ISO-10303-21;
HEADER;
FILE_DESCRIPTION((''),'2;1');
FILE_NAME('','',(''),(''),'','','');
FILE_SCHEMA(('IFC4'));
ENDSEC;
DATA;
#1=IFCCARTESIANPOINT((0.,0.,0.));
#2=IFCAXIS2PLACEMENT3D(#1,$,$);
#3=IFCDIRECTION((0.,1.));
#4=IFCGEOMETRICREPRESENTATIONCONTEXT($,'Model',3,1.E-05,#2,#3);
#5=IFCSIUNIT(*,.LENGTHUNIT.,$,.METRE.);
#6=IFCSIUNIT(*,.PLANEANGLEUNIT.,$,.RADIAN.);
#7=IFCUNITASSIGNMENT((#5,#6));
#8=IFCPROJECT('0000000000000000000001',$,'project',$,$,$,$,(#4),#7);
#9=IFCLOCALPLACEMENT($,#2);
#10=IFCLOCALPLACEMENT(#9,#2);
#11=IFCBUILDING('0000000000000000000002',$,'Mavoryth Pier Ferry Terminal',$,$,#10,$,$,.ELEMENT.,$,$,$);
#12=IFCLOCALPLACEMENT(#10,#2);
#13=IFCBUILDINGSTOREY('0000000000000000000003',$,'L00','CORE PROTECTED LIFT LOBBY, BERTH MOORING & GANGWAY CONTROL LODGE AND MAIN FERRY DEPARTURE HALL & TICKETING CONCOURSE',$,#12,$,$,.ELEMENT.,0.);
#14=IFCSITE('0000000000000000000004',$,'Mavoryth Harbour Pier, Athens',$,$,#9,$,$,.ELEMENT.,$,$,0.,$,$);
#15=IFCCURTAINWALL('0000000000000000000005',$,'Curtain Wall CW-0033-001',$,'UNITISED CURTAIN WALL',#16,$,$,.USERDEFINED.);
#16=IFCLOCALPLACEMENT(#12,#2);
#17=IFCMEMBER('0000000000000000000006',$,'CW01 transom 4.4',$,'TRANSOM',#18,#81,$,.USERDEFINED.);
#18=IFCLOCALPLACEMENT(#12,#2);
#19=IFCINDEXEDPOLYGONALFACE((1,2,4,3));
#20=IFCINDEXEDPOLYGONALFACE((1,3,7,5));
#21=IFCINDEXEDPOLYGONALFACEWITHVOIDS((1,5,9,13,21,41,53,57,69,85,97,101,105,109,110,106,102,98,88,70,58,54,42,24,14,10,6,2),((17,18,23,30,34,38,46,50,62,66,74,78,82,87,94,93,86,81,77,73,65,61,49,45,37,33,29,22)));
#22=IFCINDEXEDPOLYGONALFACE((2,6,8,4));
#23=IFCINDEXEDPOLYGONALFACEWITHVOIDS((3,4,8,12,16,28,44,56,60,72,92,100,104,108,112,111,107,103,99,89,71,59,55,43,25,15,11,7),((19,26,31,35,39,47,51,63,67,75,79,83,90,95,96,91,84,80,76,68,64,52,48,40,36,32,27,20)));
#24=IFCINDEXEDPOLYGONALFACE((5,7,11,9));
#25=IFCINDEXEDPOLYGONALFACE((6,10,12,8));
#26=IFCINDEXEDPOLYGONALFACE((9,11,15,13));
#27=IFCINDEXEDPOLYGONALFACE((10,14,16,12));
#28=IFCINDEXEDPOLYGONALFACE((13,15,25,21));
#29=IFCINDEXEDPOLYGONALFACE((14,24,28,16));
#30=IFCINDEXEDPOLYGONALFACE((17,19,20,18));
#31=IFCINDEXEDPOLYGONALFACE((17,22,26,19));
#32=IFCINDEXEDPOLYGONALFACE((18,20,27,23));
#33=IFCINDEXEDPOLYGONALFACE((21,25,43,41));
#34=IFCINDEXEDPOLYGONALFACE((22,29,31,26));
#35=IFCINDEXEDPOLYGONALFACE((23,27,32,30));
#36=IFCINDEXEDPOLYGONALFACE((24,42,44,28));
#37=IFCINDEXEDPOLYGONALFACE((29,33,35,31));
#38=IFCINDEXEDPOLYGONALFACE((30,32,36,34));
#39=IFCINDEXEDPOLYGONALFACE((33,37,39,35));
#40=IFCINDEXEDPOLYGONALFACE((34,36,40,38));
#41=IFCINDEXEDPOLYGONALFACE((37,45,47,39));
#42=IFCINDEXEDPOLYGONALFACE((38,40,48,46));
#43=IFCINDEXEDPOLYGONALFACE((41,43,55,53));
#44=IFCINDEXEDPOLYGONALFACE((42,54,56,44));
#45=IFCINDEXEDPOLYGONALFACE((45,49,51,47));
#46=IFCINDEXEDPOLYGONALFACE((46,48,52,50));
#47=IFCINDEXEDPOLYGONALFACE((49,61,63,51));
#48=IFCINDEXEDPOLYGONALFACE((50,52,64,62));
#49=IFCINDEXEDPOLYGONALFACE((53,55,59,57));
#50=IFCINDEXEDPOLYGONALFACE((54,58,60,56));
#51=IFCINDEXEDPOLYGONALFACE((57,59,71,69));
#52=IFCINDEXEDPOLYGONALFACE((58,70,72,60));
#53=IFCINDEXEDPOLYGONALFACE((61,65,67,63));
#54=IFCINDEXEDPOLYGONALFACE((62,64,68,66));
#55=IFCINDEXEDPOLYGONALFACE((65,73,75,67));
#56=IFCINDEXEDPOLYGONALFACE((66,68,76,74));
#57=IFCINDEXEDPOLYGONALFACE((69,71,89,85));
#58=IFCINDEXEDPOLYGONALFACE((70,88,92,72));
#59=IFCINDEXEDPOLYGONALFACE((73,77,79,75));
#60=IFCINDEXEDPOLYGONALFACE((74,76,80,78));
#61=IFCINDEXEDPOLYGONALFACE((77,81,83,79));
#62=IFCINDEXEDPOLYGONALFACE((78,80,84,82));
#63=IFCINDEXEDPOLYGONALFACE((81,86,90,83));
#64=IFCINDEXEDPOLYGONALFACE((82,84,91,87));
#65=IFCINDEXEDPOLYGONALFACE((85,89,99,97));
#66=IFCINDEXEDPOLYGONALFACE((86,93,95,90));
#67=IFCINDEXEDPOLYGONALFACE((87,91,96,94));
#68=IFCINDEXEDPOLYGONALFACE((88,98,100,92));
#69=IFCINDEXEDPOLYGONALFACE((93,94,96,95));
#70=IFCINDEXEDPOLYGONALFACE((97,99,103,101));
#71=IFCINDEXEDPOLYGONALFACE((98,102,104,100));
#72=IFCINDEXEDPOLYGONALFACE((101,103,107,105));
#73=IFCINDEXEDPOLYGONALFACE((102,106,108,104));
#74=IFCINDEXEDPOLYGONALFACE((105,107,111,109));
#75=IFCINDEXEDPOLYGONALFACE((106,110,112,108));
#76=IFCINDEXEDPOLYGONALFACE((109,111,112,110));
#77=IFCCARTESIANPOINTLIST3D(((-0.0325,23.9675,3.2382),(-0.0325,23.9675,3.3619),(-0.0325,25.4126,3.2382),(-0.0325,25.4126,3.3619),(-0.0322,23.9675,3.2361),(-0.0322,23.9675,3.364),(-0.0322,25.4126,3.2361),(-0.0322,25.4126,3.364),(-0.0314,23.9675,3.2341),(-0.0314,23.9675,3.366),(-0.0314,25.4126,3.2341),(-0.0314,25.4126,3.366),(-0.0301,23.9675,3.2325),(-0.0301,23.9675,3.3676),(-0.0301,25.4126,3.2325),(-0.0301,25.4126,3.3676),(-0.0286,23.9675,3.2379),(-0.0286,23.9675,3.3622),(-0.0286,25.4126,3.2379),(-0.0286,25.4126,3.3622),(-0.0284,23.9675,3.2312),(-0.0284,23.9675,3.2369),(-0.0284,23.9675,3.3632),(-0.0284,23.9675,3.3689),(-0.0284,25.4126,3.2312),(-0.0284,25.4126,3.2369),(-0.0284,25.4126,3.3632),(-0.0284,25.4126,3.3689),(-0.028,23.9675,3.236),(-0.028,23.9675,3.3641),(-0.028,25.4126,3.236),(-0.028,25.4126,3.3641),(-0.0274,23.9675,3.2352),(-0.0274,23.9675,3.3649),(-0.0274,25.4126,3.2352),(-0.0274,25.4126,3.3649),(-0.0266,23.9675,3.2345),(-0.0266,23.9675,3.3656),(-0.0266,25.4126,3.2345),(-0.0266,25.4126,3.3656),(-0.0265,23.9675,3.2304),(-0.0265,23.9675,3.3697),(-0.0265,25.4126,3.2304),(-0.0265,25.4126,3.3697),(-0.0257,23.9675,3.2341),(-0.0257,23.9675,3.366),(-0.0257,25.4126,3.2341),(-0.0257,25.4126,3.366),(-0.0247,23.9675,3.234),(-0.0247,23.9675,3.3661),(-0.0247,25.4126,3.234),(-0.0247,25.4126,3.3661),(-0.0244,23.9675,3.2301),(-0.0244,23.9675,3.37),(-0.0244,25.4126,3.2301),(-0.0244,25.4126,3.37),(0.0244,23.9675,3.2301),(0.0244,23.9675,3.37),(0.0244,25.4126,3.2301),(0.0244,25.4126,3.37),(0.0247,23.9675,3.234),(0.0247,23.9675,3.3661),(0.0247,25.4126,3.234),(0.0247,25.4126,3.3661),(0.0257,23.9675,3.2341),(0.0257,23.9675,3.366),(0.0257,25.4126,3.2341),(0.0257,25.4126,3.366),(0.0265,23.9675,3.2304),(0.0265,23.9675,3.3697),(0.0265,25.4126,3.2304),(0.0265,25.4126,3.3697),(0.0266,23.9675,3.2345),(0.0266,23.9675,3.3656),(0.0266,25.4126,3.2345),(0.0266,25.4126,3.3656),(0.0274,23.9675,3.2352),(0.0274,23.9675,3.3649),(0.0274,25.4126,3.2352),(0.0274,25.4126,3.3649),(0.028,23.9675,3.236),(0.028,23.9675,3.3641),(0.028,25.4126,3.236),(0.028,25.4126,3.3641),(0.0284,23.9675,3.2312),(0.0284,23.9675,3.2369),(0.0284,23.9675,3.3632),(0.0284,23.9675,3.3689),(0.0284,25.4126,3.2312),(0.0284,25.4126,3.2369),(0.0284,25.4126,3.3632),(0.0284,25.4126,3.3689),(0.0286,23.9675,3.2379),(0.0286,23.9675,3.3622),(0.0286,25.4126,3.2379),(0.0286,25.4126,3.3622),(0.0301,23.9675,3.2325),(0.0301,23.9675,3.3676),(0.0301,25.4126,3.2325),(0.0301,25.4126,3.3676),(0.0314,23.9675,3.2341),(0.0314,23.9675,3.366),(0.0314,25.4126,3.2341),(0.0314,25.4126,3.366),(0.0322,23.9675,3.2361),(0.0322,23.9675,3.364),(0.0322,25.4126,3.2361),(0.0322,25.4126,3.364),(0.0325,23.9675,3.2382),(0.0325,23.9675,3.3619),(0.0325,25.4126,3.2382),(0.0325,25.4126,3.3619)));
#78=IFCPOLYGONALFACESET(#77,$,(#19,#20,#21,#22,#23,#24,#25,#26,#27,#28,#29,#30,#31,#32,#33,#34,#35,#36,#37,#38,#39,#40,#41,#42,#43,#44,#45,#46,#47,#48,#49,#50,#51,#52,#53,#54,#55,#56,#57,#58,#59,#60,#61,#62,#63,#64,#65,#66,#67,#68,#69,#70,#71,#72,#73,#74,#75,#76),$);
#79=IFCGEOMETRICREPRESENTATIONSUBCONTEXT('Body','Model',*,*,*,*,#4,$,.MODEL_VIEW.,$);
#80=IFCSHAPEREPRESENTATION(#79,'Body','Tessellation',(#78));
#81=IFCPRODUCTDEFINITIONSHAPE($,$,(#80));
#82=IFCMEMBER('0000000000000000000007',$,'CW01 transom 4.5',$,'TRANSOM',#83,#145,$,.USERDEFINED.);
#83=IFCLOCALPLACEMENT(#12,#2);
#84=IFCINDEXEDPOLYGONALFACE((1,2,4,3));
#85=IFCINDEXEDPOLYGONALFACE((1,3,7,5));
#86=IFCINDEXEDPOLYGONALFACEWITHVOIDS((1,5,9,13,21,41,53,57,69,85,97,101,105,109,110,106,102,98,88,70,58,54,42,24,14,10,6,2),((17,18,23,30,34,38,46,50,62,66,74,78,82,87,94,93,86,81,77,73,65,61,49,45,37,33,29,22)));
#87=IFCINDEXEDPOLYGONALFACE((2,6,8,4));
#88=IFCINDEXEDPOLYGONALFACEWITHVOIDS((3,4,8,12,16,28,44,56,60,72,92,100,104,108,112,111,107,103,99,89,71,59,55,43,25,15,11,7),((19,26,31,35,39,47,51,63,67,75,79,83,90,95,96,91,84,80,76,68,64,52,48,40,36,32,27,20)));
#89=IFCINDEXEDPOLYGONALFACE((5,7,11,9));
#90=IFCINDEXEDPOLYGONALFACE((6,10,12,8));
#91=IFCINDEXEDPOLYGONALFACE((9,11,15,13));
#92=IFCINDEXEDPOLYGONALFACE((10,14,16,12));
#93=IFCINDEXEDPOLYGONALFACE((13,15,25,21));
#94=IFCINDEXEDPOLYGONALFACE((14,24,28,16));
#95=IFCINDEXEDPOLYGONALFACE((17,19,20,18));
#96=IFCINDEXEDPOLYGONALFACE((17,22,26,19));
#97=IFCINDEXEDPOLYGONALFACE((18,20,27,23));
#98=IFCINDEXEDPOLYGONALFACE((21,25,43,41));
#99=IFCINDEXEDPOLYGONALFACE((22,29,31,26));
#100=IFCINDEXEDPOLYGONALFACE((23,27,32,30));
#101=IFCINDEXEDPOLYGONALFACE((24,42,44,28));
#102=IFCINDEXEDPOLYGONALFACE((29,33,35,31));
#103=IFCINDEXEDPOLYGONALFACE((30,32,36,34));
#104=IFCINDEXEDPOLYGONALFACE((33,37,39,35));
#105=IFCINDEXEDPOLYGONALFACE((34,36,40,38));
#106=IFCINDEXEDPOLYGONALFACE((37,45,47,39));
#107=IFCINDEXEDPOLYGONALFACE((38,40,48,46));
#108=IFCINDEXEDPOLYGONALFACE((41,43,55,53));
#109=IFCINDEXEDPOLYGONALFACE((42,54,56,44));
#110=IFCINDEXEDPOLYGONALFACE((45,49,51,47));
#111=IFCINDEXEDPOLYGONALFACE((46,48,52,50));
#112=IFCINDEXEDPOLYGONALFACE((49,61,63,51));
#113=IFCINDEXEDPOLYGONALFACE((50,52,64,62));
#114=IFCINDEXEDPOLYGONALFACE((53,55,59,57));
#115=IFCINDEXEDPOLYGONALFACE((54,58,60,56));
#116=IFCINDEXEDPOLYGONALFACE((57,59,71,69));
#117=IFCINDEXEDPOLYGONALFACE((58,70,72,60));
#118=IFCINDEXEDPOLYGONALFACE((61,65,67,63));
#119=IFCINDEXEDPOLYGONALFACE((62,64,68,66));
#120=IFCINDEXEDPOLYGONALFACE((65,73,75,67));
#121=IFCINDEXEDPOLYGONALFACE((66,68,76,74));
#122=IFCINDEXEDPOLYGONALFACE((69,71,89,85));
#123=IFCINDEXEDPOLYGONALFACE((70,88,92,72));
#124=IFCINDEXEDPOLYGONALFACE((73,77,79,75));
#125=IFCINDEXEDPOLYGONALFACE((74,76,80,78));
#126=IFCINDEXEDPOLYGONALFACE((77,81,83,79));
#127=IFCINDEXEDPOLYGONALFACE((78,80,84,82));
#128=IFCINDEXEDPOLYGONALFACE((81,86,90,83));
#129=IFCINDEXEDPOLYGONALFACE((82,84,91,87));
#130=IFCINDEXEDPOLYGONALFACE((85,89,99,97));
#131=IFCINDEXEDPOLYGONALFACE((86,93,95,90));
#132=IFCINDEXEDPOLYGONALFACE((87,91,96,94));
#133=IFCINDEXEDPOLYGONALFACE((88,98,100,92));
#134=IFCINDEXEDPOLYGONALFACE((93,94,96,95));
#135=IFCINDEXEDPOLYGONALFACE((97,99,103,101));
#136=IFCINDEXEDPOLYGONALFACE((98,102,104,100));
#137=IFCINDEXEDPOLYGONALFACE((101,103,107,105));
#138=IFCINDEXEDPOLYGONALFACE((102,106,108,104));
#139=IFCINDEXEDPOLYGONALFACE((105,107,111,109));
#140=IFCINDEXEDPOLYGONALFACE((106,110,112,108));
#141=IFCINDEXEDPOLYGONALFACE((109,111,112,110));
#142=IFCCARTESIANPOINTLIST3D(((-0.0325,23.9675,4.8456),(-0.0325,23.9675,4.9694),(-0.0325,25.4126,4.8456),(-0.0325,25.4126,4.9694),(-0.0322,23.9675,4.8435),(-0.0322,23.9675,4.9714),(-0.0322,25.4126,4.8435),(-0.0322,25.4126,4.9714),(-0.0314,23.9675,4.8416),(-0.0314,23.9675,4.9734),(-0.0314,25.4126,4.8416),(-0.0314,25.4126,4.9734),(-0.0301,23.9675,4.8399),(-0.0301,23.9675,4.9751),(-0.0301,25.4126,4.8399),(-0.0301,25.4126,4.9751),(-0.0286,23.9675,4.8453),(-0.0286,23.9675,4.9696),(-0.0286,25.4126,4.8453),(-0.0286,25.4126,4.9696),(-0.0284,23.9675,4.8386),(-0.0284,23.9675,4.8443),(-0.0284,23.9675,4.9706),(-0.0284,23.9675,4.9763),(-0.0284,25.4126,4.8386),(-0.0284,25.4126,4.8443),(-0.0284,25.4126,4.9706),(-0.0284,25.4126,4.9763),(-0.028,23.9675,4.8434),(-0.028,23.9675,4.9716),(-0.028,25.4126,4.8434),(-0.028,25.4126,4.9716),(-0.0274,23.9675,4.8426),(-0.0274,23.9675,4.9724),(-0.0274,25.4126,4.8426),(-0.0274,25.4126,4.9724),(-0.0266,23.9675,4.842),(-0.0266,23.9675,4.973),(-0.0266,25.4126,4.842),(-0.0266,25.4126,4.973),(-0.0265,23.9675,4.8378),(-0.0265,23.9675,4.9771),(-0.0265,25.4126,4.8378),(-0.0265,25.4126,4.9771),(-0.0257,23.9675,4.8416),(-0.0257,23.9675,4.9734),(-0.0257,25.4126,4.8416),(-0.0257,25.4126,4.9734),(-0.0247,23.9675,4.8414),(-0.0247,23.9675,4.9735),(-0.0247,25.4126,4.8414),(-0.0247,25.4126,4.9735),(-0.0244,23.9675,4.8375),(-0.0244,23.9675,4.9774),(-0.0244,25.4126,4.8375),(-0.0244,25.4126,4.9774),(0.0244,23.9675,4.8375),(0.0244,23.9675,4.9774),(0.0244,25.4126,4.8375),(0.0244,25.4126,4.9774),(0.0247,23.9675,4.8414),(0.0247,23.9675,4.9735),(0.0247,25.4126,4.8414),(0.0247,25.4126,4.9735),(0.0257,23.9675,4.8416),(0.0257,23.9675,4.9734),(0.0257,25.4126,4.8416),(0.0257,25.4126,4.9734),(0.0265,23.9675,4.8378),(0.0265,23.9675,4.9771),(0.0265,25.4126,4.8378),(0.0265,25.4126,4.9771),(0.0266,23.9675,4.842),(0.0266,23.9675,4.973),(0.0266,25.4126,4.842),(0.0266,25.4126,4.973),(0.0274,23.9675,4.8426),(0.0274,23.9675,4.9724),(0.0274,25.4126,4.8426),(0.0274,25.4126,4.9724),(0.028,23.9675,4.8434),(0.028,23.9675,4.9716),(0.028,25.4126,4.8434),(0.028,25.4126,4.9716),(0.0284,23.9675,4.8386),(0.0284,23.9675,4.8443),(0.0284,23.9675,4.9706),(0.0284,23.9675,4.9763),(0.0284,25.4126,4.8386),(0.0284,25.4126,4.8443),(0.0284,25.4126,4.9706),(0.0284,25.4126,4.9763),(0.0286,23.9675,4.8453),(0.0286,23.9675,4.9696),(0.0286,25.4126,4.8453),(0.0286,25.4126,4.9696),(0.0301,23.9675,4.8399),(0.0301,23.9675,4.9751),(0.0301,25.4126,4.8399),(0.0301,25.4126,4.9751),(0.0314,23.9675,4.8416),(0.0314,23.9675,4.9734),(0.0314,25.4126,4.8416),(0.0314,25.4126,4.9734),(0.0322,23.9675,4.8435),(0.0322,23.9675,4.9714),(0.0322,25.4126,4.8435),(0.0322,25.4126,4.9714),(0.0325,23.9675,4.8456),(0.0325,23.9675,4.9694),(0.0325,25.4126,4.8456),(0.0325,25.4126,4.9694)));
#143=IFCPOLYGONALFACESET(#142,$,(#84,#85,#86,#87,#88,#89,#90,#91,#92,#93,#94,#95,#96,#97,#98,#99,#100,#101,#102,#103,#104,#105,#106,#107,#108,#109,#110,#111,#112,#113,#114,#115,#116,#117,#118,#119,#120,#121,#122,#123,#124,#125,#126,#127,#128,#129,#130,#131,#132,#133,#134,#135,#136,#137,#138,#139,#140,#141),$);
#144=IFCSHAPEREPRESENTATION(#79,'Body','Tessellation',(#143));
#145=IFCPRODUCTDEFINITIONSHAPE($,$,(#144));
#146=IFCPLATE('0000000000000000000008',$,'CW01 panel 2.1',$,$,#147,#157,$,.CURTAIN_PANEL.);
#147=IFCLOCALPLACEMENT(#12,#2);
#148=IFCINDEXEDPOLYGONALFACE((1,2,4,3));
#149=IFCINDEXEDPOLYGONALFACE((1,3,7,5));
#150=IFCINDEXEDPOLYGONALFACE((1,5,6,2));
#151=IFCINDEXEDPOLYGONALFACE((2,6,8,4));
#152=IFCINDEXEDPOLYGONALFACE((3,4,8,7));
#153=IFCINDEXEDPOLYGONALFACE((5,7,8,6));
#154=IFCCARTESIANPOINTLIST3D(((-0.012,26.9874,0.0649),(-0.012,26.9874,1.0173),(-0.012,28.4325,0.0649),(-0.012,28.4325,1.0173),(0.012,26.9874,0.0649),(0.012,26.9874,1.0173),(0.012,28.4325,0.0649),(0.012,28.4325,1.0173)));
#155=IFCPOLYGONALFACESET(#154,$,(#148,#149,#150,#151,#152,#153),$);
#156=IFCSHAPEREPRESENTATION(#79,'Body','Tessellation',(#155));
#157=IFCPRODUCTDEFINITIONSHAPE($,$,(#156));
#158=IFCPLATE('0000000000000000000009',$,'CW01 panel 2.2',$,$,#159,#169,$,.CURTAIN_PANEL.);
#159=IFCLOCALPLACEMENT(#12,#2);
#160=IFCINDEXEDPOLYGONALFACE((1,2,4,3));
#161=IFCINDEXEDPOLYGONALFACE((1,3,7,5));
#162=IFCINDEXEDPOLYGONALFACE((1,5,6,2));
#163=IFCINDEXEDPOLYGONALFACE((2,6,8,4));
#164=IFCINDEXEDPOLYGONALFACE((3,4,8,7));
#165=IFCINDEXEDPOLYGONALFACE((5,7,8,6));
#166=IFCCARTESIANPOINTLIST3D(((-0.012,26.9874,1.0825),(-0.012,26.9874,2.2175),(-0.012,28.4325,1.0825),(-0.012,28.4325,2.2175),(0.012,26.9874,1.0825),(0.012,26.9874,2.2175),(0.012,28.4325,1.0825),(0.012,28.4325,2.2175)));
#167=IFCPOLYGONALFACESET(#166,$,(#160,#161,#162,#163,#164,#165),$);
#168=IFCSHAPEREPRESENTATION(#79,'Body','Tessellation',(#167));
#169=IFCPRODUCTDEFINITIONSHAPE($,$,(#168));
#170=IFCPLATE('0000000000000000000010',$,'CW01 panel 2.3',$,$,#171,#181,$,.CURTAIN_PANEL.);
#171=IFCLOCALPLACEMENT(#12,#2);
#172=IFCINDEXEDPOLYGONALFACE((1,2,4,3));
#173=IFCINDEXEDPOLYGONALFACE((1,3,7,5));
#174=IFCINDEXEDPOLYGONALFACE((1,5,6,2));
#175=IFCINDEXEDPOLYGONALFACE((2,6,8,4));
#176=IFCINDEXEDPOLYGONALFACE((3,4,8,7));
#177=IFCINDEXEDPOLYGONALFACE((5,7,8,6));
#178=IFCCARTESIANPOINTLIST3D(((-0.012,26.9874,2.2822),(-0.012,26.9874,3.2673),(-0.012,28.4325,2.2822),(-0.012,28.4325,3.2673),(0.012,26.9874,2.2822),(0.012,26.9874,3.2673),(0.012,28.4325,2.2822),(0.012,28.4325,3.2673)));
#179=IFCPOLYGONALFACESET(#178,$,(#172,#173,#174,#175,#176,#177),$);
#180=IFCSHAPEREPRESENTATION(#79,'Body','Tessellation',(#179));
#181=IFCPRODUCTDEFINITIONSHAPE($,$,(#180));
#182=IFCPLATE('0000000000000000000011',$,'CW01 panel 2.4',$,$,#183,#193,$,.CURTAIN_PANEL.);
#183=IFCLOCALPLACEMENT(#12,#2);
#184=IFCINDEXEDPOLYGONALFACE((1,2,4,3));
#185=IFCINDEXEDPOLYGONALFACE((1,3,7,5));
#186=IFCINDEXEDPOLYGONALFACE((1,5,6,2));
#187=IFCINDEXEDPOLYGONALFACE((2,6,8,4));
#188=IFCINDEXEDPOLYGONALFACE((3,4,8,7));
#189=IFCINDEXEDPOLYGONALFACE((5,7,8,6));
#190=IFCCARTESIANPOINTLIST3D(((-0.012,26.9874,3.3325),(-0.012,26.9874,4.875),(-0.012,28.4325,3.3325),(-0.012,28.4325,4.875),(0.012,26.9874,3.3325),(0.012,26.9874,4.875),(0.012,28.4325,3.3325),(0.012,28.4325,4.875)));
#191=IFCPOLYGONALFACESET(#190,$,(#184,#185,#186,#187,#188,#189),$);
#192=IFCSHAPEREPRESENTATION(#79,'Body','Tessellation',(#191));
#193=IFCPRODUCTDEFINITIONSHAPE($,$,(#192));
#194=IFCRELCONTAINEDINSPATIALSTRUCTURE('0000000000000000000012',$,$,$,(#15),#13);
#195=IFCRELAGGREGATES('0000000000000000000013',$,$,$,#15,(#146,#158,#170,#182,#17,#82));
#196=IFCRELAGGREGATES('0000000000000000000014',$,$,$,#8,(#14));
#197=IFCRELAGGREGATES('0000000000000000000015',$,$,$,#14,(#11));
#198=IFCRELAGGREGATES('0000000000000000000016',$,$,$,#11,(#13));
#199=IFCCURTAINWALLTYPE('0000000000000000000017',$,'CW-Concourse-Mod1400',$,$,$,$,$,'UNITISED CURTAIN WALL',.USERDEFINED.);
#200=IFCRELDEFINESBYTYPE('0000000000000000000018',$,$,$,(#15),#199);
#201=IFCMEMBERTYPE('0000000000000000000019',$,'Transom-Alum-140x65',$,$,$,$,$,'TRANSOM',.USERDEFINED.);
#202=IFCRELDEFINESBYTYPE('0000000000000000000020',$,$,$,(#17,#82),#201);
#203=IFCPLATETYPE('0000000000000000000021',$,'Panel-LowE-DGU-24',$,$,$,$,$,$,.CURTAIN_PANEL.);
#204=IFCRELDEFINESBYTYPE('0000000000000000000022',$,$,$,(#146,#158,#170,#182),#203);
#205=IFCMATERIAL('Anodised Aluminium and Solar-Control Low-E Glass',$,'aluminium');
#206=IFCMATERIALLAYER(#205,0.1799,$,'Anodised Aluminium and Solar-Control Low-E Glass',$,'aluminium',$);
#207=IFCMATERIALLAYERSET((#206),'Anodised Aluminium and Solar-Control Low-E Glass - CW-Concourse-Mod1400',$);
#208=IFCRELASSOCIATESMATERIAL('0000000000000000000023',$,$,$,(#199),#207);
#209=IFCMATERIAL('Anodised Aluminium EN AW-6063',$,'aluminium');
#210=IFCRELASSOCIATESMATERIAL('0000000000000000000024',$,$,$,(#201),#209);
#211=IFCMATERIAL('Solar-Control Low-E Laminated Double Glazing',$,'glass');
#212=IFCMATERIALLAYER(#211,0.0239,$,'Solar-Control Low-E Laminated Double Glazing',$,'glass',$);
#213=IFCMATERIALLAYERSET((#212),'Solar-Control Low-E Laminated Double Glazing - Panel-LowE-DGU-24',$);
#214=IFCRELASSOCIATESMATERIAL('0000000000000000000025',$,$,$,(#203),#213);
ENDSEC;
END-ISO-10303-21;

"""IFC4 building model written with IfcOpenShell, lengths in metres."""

from ifc_helpers import new_model, si_unit, direction, frame, origin, origin_2d, place, context, subcontext, project, spatial, rectangle, hollow_rectangle, extrude, material, layer, layer_set, material_profile, profile_set, type_object, element, aggregate, save


model = new_model("IFC4")

# Units and contexts
model_context = context("Model", 3, precision=1e-05, world=origin(), true_north=direction((0.0, 1.0)))
body_context = subcontext(model_context, "Body", "Model", "MODEL_VIEW")
ifc_project = project(units=[si_unit("LENGTHUNIT", "METRE"), si_unit("PLANEANGLEUNIT", "RADIAN")], contexts=[model_context])

# Site, building, storey
site_placement = place(None, origin())
site = spatial("IfcSite", under=ifc_project, at=site_placement, Name="Mavoryth Harbour Pier, Athens", CompositionType="ELEMENT", RefElevation=0.0)
building_placement = place(site_placement, origin())
building = spatial("IfcBuilding", under=site, at=building_placement, Name="Mavoryth Pier Ferry Terminal", CompositionType="ELEMENT")
storey_placement = place(building_placement, origin())
storey = spatial("IfcBuildingStorey", under=building, at=storey_placement, Name="L00", Description="CORE PROTECTED LIFT LOBBY, BERTH MOORING & GANGWAY CONTROL LODGE AND MAIN FERRY DEPARTURE HALL & TICKETING CONCOURSE", CompositionType="ELEMENT", Elevation=0.0)

# Curtain wall, members, plates
ifc_material_1 = material(Name="Anodised Aluminium and Solar-Control Low-E Glass", Category="aluminium")
ifc_layer_1 = layer(ifc_material_1, 0.1799, Name="Anodised Aluminium and Solar-Control Low-E Glass", Category="aluminium")
ifc_layer_set_1 = layer_set([ifc_layer_1], Name="Anodised Aluminium and Solar-Control Low-E Glass - CW-Concourse-Mod1400")
curtain_wall_type = type_object("IfcCurtainWallType", Name="CW-Concourse-Mod1400", ElementType="UNITISED CURTAIN WALL", PredefinedType="USERDEFINED", material=ifc_layer_set_1)
curtain_wall_placement = place(storey_placement, origin())
curtain_wall = element("IfcCurtainWall", 1, at=curtain_wall_placement, inside=storey, type_object=curtain_wall_type, Name="Curtain Wall CW-0033-001", ObjectType="UNITISED CURTAIN WALL", PredefinedType="USERDEFINED")
ifc_material_2 = material(Name="Anodised Aluminium EN AW-6063", Category="aluminium")
ifc_material_profile_1 = material_profile(ifc_material_2, hollow_rectangle(XDim=0.0649, YDim=0.1399, WallThickness=0.0039, InnerFilletRadius=0.0039, OuterFilletRadius=0.0081, at=origin_2d()), Name="AL-TRAN 140x65x4", Category="aluminium")
ifc_profile_set_1 = profile_set([ifc_material_profile_1], Name="Anodised Aluminium EN AW-6063 - AL-TRAN 140x65x4")
member_type_1 = type_object("IfcMemberType", Name="Transom-Alum-140x65", ElementType="TRANSOM", PredefinedType="USERDEFINED", material=ifc_profile_set_1)
member_1_placement = place(storey_placement, frame((0.0, 25.4126, 3.3), z_axis=(0.0, -1.0, 0.0), x_axis=(1.0, 0.0, 0.0)))
member_1 = element("IfcMember", 2, at=member_1_placement, type_object=member_type_1, Name="CW01 transom 4.4", ObjectType="TRANSOM", PredefinedType="USERDEFINED", context=body_context, shape_type="SweptSolid", body=[
    extrude(hollow_rectangle(XDim=0.0649, YDim=0.1399, WallThickness=0.0039, InnerFilletRadius=0.0039, OuterFilletRadius=0.0081, at=origin_2d()), origin(), (0.0, 0.0, 1.0), 1.4451),
])
member_2_placement = place(storey_placement, frame((0.0, 25.4126, 4.9075), z_axis=(0.0, -1.0, 0.0), x_axis=(1.0, 0.0, 0.0)))
member_2 = element("IfcMember", 3, at=member_2_placement, type_object=member_type_1, Name="CW01 transom 4.5", ObjectType="TRANSOM", PredefinedType="USERDEFINED", context=body_context, shape_type="SweptSolid", body=[
    extrude(hollow_rectangle(XDim=0.0649, YDim=0.1399, WallThickness=0.0039, InnerFilletRadius=0.0039, OuterFilletRadius=0.0081, at=origin_2d()), origin(), (0.0, 0.0, 1.0), 1.4451),
])
ifc_material_3 = material(Name="Solar-Control Low-E Laminated Double Glazing", Category="glass")
ifc_layer_2 = layer(ifc_material_3, 0.0239, Name="Solar-Control Low-E Laminated Double Glazing", Category="glass")
ifc_layer_set_2 = layer_set([ifc_layer_2], Name="Solar-Control Low-E Laminated Double Glazing - Panel-LowE-DGU-24")
plate_type = type_object("IfcPlateType", Name="Panel-LowE-DGU-24", PredefinedType="CURTAIN_PANEL", material=ifc_layer_set_2)
plate_1_placement = place(storey_placement, frame((0.0, 27.71, 0.0649), z_axis=(0.0, 0.0, 1.0), x_axis=(0.0, -1.0, 0.0)))
plate_1 = element("IfcPlate", 4, at=plate_1_placement, type_object=plate_type, Name="CW01 panel 2.1", PredefinedType="CURTAIN_PANEL", context=body_context, shape_type="SweptSolid", body=[
    extrude(rectangle(XDim=1.4451, YDim=0.0239, at=origin_2d()), origin(), (0.0, 0.0, 1.0), 0.9524),
])
plate_2_placement = place(storey_placement, frame((0.0, 27.71, 1.0825), z_axis=(0.0, 0.0, 1.0), x_axis=(0.0, -1.0, 0.0)))
plate_2 = element("IfcPlate", 5, at=plate_2_placement, type_object=plate_type, Name="CW01 panel 2.2", PredefinedType="CURTAIN_PANEL", context=body_context, shape_type="SweptSolid", body=[
    extrude(rectangle(XDim=1.4451, YDim=0.0239, at=origin_2d()), origin(), (0.0, 0.0, 1.0), 1.135),
])
plate_3_placement = place(storey_placement, frame((0.0, 27.71, 2.2822), z_axis=(0.0, 0.0, 1.0), x_axis=(0.0, -1.0, 0.0)))
plate_3 = element("IfcPlate", 6, at=plate_3_placement, type_object=plate_type, Name="CW01 panel 2.3", PredefinedType="CURTAIN_PANEL", context=body_context, shape_type="SweptSolid", body=[
    extrude(rectangle(XDim=1.4451, YDim=0.0239, at=origin_2d()), origin(), (0.0, 0.0, 1.0), 0.9851),
])
plate_4_placement = place(storey_placement, frame((0.0, 27.71, 3.3325), z_axis=(0.0, 0.0, 1.0), x_axis=(0.0, -1.0, 0.0)))
plate_4 = element("IfcPlate", 7, at=plate_4_placement, type_object=plate_type, Name="CW01 panel 2.4", PredefinedType="CURTAIN_PANEL", context=body_context, shape_type="SweptSolid", body=[
    extrude(rectangle(XDim=1.4451, YDim=0.0239, at=origin_2d()), origin(), (0.0, 0.0, 1.0), 1.5425),
])
aggregate(curtain_wall, [plate_1, plate_2, plate_3, plate_4, member_1, member_2])

save(model, "model.ifc")
